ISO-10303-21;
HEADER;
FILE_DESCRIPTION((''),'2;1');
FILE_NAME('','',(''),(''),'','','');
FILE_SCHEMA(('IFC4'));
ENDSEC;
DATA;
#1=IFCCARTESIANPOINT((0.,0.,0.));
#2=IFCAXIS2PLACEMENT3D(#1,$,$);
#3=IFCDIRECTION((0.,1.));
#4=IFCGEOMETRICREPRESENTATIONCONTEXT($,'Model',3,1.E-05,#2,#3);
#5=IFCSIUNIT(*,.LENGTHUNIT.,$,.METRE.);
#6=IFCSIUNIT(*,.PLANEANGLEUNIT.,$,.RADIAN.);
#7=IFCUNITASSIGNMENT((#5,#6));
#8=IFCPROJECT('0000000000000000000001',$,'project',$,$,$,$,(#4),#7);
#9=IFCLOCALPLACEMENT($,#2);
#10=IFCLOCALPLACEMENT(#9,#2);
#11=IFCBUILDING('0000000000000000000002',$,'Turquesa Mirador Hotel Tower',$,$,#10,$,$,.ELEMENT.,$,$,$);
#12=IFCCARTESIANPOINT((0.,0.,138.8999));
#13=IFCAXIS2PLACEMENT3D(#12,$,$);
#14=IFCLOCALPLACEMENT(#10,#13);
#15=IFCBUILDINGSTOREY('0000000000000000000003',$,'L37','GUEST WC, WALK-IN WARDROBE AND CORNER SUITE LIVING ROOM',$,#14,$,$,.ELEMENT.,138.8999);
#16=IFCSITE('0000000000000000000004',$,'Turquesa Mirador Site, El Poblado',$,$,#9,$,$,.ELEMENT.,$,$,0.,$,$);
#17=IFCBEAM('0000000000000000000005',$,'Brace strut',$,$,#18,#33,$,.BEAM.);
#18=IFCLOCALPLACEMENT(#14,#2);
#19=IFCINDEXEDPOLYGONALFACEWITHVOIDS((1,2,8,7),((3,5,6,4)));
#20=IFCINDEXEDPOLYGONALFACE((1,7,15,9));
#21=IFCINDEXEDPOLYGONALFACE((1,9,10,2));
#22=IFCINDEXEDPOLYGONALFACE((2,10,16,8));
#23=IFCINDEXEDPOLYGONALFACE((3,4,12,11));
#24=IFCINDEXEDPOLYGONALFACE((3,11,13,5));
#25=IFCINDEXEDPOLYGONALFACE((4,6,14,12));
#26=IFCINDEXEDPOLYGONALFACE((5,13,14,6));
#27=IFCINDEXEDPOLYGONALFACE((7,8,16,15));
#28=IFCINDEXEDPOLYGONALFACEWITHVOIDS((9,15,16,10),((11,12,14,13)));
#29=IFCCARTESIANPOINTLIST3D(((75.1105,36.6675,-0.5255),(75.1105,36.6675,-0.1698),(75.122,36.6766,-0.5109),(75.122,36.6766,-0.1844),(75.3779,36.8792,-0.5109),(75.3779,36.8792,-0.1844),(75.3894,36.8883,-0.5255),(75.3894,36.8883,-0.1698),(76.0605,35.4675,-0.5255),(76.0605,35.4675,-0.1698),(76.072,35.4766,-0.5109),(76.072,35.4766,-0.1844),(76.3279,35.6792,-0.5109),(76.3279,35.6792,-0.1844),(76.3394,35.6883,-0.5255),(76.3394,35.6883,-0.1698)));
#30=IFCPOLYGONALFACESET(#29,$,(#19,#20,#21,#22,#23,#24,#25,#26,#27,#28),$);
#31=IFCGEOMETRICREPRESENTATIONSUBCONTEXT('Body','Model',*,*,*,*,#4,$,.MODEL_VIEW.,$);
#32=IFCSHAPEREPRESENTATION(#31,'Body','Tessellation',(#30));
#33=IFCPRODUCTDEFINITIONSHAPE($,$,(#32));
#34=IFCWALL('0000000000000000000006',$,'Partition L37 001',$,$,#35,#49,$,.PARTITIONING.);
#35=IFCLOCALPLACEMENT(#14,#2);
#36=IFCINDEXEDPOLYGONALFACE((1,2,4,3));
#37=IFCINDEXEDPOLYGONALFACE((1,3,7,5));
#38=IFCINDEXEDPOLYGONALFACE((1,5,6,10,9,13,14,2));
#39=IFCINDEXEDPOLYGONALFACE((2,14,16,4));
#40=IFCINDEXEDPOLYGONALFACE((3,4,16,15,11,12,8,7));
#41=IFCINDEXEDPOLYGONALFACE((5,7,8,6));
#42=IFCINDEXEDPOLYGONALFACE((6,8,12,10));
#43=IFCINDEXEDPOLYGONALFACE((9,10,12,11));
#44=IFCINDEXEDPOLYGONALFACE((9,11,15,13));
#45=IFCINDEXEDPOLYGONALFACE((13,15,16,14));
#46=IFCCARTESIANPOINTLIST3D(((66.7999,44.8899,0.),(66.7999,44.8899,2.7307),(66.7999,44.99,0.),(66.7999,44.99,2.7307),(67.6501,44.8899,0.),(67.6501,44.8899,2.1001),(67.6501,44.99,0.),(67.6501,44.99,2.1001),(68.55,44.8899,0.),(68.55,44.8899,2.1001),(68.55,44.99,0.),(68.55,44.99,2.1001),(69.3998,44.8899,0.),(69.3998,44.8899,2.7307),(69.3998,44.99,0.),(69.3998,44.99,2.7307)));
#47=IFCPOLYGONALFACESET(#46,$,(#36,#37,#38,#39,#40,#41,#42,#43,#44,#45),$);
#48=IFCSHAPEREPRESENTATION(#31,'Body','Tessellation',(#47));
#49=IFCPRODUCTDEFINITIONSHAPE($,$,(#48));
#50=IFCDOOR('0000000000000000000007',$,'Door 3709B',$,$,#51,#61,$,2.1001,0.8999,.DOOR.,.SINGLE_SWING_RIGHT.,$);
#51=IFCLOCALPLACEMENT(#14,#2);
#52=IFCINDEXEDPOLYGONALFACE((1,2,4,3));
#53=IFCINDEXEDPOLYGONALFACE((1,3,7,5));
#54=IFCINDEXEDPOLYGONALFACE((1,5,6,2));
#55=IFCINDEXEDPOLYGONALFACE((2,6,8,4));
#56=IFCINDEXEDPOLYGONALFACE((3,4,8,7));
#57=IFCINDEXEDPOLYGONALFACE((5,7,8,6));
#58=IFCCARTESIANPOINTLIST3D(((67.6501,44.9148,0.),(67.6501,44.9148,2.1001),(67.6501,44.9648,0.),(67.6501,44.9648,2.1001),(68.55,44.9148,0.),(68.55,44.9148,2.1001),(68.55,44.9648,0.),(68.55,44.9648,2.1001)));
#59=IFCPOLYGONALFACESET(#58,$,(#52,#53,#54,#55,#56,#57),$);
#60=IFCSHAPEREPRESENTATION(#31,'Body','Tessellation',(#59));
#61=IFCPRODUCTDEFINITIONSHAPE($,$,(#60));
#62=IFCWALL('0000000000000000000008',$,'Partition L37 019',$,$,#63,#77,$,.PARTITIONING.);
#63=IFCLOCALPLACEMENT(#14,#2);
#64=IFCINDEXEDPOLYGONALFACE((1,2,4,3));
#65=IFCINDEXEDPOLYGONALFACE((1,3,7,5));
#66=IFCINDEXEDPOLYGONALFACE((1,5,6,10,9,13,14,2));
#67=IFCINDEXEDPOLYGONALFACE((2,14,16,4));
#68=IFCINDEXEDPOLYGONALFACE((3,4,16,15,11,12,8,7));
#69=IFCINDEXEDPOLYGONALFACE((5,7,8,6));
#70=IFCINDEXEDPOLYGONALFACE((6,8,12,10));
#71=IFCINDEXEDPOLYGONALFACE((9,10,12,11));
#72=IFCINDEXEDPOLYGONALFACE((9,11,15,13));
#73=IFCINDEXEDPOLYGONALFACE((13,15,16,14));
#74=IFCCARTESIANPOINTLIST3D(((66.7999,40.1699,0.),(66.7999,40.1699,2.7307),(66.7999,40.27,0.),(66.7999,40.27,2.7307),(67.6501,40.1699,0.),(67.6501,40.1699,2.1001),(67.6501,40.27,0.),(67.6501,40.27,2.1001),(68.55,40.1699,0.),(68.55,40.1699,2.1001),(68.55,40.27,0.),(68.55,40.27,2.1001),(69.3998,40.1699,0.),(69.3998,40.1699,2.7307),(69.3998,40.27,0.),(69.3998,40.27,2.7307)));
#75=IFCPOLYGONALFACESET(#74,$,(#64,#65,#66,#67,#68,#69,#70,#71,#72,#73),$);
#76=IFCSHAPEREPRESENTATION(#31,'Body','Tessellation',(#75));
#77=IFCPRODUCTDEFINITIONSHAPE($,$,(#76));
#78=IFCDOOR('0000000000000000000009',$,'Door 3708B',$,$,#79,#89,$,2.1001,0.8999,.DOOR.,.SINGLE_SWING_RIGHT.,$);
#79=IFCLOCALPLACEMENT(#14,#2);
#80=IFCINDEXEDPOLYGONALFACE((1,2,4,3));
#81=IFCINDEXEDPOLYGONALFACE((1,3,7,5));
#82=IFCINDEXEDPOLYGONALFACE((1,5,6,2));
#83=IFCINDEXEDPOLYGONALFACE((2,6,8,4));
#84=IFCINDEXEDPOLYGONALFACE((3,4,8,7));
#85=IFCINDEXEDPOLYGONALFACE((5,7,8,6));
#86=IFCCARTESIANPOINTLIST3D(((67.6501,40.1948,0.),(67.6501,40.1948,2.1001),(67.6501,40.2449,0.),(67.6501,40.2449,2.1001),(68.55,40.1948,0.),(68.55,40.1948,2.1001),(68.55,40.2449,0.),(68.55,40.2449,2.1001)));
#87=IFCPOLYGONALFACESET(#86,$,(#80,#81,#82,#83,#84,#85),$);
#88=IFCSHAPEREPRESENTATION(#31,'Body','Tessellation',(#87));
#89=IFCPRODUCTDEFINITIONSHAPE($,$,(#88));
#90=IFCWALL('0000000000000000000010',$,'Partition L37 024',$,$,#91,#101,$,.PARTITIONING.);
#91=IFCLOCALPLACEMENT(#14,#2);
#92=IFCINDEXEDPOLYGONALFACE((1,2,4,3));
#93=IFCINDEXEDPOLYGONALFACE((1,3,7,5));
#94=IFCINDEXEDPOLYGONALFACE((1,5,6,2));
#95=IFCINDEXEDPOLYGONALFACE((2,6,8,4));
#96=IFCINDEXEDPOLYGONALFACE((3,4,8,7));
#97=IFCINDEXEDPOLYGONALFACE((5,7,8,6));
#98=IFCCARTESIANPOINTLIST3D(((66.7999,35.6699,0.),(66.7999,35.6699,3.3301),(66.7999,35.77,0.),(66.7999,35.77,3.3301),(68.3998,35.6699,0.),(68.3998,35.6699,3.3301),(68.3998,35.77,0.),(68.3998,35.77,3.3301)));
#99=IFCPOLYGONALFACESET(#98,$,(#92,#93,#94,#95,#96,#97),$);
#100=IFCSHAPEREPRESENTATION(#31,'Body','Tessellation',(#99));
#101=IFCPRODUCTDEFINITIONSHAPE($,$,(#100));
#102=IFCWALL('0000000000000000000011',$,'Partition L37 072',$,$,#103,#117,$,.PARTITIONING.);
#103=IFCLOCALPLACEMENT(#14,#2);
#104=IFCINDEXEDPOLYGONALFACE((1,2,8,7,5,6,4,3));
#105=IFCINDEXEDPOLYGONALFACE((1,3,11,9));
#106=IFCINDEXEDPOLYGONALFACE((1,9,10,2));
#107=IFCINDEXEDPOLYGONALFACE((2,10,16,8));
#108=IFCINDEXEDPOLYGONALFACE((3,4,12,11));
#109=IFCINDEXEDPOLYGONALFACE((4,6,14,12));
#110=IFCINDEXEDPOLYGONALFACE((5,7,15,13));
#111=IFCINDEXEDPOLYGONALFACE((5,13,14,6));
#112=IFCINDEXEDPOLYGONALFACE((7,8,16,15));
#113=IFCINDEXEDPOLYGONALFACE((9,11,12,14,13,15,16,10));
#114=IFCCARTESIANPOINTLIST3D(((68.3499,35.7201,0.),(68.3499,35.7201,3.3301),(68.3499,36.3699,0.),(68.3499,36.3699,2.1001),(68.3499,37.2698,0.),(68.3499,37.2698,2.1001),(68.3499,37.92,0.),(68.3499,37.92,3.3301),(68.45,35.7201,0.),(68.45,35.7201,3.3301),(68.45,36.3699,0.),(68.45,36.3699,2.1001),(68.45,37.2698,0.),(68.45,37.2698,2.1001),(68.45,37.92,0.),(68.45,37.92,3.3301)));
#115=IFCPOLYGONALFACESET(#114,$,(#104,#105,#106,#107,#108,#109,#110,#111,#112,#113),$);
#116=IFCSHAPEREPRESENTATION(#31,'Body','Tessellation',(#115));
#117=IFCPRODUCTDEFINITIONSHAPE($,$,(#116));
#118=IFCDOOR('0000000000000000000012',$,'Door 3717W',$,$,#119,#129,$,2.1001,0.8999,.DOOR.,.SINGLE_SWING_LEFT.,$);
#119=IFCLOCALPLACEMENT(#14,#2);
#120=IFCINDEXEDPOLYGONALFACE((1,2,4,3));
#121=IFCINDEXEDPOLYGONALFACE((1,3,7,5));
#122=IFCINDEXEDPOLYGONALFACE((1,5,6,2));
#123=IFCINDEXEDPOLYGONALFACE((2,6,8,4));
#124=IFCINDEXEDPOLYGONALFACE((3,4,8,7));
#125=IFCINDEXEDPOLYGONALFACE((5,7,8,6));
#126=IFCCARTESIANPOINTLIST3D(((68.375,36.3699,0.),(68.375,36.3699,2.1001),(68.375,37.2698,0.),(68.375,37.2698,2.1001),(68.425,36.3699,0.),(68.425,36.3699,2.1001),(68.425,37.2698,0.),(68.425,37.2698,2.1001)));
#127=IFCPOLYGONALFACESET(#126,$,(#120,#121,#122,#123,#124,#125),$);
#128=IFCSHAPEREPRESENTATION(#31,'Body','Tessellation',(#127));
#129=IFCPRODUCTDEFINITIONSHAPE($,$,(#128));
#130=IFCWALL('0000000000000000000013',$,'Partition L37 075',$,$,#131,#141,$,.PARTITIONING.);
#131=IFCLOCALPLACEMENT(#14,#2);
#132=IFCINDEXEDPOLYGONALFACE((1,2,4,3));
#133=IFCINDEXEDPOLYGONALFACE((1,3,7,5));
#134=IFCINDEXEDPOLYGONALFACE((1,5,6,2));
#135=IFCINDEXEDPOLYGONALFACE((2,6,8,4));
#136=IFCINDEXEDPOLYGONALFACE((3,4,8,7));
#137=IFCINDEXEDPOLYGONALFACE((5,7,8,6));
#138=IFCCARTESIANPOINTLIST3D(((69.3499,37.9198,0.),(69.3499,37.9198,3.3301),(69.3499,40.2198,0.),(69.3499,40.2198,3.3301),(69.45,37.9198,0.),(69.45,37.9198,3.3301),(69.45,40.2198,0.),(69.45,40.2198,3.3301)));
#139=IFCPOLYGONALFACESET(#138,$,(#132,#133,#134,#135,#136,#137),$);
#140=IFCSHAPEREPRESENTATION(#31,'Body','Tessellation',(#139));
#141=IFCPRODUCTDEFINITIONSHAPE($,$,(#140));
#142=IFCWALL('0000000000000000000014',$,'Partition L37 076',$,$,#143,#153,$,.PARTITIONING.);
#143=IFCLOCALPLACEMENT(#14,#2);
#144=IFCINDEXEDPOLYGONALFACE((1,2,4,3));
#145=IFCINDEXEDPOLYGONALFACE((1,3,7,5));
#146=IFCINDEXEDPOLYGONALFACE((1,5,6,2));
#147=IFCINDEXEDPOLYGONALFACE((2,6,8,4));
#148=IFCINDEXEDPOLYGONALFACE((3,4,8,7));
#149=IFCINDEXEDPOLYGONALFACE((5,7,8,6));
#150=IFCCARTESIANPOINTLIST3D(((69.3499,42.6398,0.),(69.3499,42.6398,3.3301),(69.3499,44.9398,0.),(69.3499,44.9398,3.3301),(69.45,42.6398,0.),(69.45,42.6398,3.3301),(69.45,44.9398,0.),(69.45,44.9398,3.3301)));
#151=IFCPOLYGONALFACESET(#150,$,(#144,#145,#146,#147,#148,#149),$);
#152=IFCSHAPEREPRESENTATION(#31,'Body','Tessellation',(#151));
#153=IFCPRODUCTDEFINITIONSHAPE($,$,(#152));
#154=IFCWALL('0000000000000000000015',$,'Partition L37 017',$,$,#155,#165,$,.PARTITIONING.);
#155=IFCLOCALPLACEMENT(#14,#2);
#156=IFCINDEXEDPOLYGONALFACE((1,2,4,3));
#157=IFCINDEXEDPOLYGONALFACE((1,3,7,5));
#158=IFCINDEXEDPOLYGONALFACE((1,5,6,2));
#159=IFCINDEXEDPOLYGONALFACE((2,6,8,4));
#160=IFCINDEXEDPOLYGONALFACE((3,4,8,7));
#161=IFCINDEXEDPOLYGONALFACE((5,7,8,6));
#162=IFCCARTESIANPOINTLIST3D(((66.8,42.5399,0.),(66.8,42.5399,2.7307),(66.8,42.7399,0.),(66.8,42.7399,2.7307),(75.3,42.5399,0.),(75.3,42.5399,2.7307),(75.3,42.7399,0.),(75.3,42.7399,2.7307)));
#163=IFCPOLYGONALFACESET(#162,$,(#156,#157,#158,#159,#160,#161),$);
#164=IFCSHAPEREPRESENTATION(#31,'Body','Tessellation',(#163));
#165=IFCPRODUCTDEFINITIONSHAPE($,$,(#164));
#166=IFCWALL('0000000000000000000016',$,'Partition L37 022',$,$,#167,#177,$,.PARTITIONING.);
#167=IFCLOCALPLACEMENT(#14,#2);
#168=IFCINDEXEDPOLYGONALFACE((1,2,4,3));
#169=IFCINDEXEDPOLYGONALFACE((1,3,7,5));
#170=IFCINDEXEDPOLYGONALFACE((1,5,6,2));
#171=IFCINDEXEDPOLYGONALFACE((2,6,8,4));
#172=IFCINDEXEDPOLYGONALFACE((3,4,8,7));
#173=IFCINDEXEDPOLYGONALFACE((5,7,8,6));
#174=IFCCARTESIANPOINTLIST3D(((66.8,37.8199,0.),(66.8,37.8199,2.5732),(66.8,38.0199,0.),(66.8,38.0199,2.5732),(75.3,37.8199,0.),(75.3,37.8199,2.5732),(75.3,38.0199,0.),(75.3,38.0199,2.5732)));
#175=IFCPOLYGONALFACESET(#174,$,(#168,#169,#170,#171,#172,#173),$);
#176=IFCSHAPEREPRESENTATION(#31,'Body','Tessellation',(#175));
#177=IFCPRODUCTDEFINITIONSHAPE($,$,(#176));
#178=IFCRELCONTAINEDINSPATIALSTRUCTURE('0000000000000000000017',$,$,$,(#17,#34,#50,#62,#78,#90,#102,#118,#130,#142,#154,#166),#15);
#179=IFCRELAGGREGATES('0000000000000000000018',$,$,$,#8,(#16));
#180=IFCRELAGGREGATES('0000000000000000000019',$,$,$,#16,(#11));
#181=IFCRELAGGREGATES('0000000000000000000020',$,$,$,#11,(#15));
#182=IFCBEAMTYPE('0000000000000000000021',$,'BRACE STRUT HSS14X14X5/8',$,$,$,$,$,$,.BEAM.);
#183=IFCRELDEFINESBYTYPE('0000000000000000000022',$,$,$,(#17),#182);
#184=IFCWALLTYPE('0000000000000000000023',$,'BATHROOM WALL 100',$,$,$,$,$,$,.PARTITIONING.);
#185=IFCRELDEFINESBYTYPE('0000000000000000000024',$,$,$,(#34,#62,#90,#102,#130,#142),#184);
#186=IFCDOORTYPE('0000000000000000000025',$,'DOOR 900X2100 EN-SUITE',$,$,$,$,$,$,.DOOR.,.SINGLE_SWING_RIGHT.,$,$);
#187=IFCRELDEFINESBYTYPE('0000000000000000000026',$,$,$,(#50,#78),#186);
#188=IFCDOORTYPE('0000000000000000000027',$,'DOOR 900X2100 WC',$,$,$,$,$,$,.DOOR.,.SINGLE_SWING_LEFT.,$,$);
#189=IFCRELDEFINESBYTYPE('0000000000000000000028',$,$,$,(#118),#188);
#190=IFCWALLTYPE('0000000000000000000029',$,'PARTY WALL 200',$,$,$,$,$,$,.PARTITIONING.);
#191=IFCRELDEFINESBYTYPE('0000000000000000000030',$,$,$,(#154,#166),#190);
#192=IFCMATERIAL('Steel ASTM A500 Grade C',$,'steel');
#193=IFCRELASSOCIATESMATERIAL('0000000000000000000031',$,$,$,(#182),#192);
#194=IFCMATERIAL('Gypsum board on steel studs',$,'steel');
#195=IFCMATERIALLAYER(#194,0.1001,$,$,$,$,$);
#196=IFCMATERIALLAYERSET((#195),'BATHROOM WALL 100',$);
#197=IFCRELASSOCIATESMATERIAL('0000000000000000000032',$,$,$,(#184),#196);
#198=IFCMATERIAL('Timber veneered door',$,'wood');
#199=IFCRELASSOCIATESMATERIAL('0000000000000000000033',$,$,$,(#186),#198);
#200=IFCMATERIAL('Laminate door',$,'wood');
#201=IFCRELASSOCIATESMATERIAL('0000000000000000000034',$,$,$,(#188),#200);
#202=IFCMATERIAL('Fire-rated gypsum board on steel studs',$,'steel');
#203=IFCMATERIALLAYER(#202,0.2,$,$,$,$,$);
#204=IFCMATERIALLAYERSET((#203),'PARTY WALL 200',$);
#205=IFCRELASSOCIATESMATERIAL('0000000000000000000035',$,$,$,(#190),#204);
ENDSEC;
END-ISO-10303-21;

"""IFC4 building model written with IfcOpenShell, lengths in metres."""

from ifc_helpers import new_model, si_unit, direction, frame, frame_2d, origin, origin_2d, place, context, subcontext, project, spatial, rectangle, hollow_rectangle, extrude, material, layer, layer_set, material_profile, profile_set, type_object, element, fill, save


model = new_model("IFC4")

# Units and contexts
model_context = context("Model", 3, precision=1e-05, world=origin(), true_north=direction((0.0, 1.0)))
body_context = subcontext(model_context, "Body", "Model", "MODEL_VIEW")
ifc_project = project(units=[si_unit("LENGTHUNIT", "METRE"), si_unit("PLANEANGLEUNIT", "RADIAN")], contexts=[model_context])

# Site, building, storey
site_placement = place(None, origin())
site = spatial("IfcSite", under=ifc_project, at=site_placement, Name="Turquesa Mirador Site, El Poblado", CompositionType="ELEMENT", RefElevation=0.0)
building_placement = place(site_placement, origin())
building = spatial("IfcBuilding", under=site, at=building_placement, Name="Turquesa Mirador Hotel Tower", CompositionType="ELEMENT")
storey_placement = place(building_placement, frame((0.0, 0.0, 138.8999)))
storey = spatial("IfcBuildingStorey", under=building, at=storey_placement, Name="L37", Description="GUEST WC, WALK-IN WARDROBE AND CORNER SUITE LIVING ROOM", CompositionType="ELEMENT", Elevation=138.8999)

# Beam
ifc_material_1 = material(Name="Steel ASTM A500 Grade C", Category="steel")
ifc_material_profile_1 = material_profile(ifc_material_1, hollow_rectangle(XDim=0.3557, YDim=0.3557, WallThickness=0.0146, at=origin_2d()), Name="HSS14X14X5/8")
ifc_profile_set_1 = profile_set([ifc_material_profile_1], Name="Steel ASTM A500 Grade C")
beam_type_1 = type_object("IfcBeamType", Name="BRACE STRUT HSS14X14X5/8", PredefinedType="BEAM", material=ifc_profile_set_1)
beam_1_placement = place(storey_placement, frame((76.2, 35.5779, -0.3477), z_axis=(-0.620699, 0.784049, 0.0), x_axis=(-0.784049, -0.620699, 0.0)))
element("IfcBeam", 1, at=beam_1_placement, inside=storey, type_object=beam_type_1, Name="Brace strut", PredefinedType="BEAM", context=body_context, shape_type="SweptSolid", body=[
    extrude(hollow_rectangle(XDim=0.3557, YDim=0.3557, WallThickness=0.0146, at=origin_2d()), origin(), (0.0, 0.0, 1.0), 1.5305),
])

# Walls, openings, doors
ifc_material_2 = material(Name="Gypsum board on steel studs", Category="steel")
ifc_layer_1 = layer(ifc_material_2, 0.1001)
ifc_layer_set_1 = layer_set([ifc_layer_1], Name="BATHROOM WALL 100")
wall_type_1 = type_object("IfcWallType", Name="BATHROOM WALL 100", PredefinedType="PARTITIONING", material=ifc_layer_set_1)
wall_1_placement = place(storey_placement, frame((66.8, 44.9399, 0.0), z_axis=(0.0, 0.0, 1.0), x_axis=(1.0, 0.0, 0.0)))
wall_1 = element("IfcWall", 2, at=wall_1_placement, inside=storey, type_object=wall_type_1, Name="Partition L37 001", PredefinedType="PARTITIONING", context=body_context, shape_type="SweptSolid", body=[
    extrude(rectangle(XDim=2.5999, YDim=0.1001, at=frame_2d((1.2998, 0.0))), origin(), (0.0, 0.0, 1.0), 2.7307),
])
opening_1_placement = place(wall_1_placement, frame((0.8501, 0.0, 0.0)))
opening_1 = element("IfcOpeningElement", 3, at=opening_1_placement, cuts=wall_1, PredefinedType="OPENING", context=body_context, shape_type="SweptSolid", body=[
    extrude(rectangle(XDim=0.8999, YDim=2.1001, at=frame_2d((0.45, 1.05))), frame((0.0, 0.0601, 0.0), z_axis=(0.0, -1.0, 0.0), x_axis=(1.0, 0.0, 0.0)), (0.0, 0.0, 1.0), 0.1201),
])
ifc_material_3 = material(Name="Timber veneered door", Category="wood")
door_type_1 = type_object("IfcDoorType", Name="DOOR 900X2100 EN-SUITE", OperationType="SINGLE_SWING_RIGHT", PredefinedType="DOOR", material=ifc_material_3)
door_1_placement = place(opening_1_placement, origin())
door_1 = element("IfcDoor", 4, at=door_1_placement, inside=storey, type_object=door_type_1, Name="Door 3709B", OperationType="SINGLE_SWING_RIGHT", OverallHeight=2.1001, OverallWidth=0.8999, PredefinedType="DOOR", context=body_context, shape_type="SweptSolid", body=[
    extrude(rectangle(XDim=0.8999, YDim=2.1001, at=frame_2d((0.45, 1.05))), frame((0.0, 0.0249, 0.0), z_axis=(0.0, -1.0, 0.0), x_axis=(1.0, 0.0, 0.0)), (0.0, 0.0, 1.0), 0.05),
])
fill(opening_1, door_1)
wall_2_placement = place(storey_placement, frame((66.8, 40.22, 0.0), z_axis=(0.0, 0.0, 1.0), x_axis=(1.0, 0.0, 0.0)))
wall_2 = element("IfcWall", 5, at=wall_2_placement, inside=storey, type_object=wall_type_1, Name="Partition L37 019", PredefinedType="PARTITIONING", context=body_context, shape_type="SweptSolid", body=[
    extrude(rectangle(XDim=2.5999, YDim=0.1001, at=frame_2d((1.2998, 0.0))), origin(), (0.0, 0.0, 1.0), 2.7307),
])
opening_2_placement = place(wall_2_placement, frame((0.8501, 0.0, 0.0)))
opening_2 = element("IfcOpeningElement", 6, at=opening_2_placement, cuts=wall_2, PredefinedType="OPENING", context=body_context, shape_type="SweptSolid", body=[
    extrude(rectangle(XDim=0.8999, YDim=2.1001, at=frame_2d((0.45, 1.05))), frame((0.0, 0.0601, 0.0), z_axis=(0.0, -1.0, 0.0), x_axis=(1.0, 0.0, 0.0)), (0.0, 0.0, 1.0), 0.1201),
])
door_2_placement = place(opening_2_placement, origin())
door_2 = element("IfcDoor", 7, at=door_2_placement, inside=storey, type_object=door_type_1, Name="Door 3708B", OperationType="SINGLE_SWING_RIGHT", OverallHeight=2.1001, OverallWidth=0.8999, PredefinedType="DOOR", context=body_context, shape_type="SweptSolid", body=[
    extrude(rectangle(XDim=0.8999, YDim=2.1001, at=frame_2d((0.45, 1.05))), frame((0.0, 0.0249, 0.0), z_axis=(0.0, -1.0, 0.0), x_axis=(1.0, 0.0, 0.0)), (0.0, 0.0, 1.0), 0.05),
])
fill(opening_2, door_2)

# Wall
wall_3_placement = place(storey_placement, frame((66.8, 35.72, 0.0), z_axis=(0.0, 0.0, 1.0), x_axis=(1.0, 0.0, 0.0)))
element("IfcWall", 8, at=wall_3_placement, inside=storey, type_object=wall_type_1, Name="Partition L37 024", PredefinedType="PARTITIONING", context=body_context, shape_type="SweptSolid", body=[
    extrude(rectangle(XDim=1.5999, YDim=0.1001, at=frame_2d((0.7998, 0.0))), origin(), (0.0, 0.0, 1.0), 3.3301),
])

# Wall, opening, door
wall_4_placement = place(storey_placement, frame((68.3999, 35.72, 0.0), z_axis=(0.0, 0.0, 1.0), x_axis=(0.0, 1.0, 0.0)))
wall_4 = element("IfcWall", 9, at=wall_4_placement, inside=storey, type_object=wall_type_1, Name="Partition L37 072", PredefinedType="PARTITIONING", context=body_context, shape_type="SweptSolid", body=[
    extrude(rectangle(XDim=2.2, YDim=0.1001, at=frame_2d((1.1001, 0.0))), origin(), (0.0, 0.0, 1.0), 3.3301),
])
opening_3_placement = place(wall_4_placement, frame((0.6499, 0.0, 0.0)))
opening_3 = element("IfcOpeningElement", 10, at=opening_3_placement, cuts=wall_4, PredefinedType="OPENING", context=body_context, shape_type="SweptSolid", body=[
    extrude(rectangle(XDim=0.8999, YDim=2.1001, at=frame_2d((0.45, 1.05))), frame((0.0, 0.0601, 0.0), z_axis=(0.0, -1.0, 0.0), x_axis=(1.0, 0.0, 0.0)), (0.0, 0.0, 1.0), 0.1201),
])
ifc_material_4 = material(Name="Laminate door", Category="wood")
door_type_2 = type_object("IfcDoorType", Name="DOOR 900X2100 WC", OperationType="SINGLE_SWING_LEFT", PredefinedType="DOOR", material=ifc_material_4)
door_3_placement = place(opening_3_placement, origin())
door_3 = element("IfcDoor", 11, at=door_3_placement, inside=storey, type_object=door_type_2, Name="Door 3717W", OperationType="SINGLE_SWING_LEFT", OverallHeight=2.1001, OverallWidth=0.8999, PredefinedType="DOOR", context=body_context, shape_type="SweptSolid", body=[
    extrude(rectangle(XDim=0.8999, YDim=2.1001, at=frame_2d((0.45, 1.05))), frame((0.0, 0.0249, 0.0), z_axis=(0.0, -1.0, 0.0), x_axis=(1.0, 0.0, 0.0)), (0.0, 0.0, 1.0), 0.05),
])
fill(opening_3, door_3)

# Walls
for number, where, z_axis, x_axis, name in (
    (12, (69.3999, 37.9199, 0.0), (0.0, 0.0, 1.0), (0.0, 1.0, 0.0), "Partition L37 075"),
    (13, (69.3999, 42.6399, 0.0), (0.0, 0.0, 1.0), (0.0, 1.0, 0.0), "Partition L37 076"),
):
    element("IfcWall", number, at=place(storey_placement, frame(where, z_axis=z_axis, x_axis=x_axis)), inside=storey, type_object=wall_type_1, Name=name, PredefinedType="PARTITIONING", context=body_context, shape_type="SweptSolid", body=[
        extrude(rectangle(XDim=2.3, YDim=0.1001, at=frame_2d((1.1499, 0.0))), origin(), (0.0, 0.0, 1.0), 3.3301),
    ])
ifc_material_5 = material(Name="Fire-rated gypsum board on steel studs", Category="steel")
ifc_layer_2 = layer(ifc_material_5, 0.2)
ifc_layer_set_2 = layer_set([ifc_layer_2], Name="PARTY WALL 200")
wall_type_2 = type_object("IfcWallType", Name="PARTY WALL 200", PredefinedType="PARTITIONING", material=ifc_layer_set_2)
wall_5_placement = place(storey_placement, frame((66.8, 42.6399, 0.0), z_axis=(0.0, 0.0, 1.0), x_axis=(1.0, 0.0, 0.0)))
element("IfcWall", 14, at=wall_5_placement, inside=storey, type_object=wall_type_2, Name="Partition L37 017", PredefinedType="PARTITIONING", context=body_context, shape_type="SweptSolid", body=[
    extrude(rectangle(XDim=8.5, YDim=0.2, at=frame_2d((4.25, 0.0))), origin(), (0.0, 0.0, 1.0), 2.7307),
])
wall_6_placement = place(storey_placement, frame((66.8, 37.9199, 0.0), z_axis=(0.0, 0.0, 1.0), x_axis=(1.0, 0.0, 0.0)))
element("IfcWall", 15, at=wall_6_placement, inside=storey, type_object=wall_type_2, Name="Partition L37 022", PredefinedType="PARTITIONING", context=body_context, shape_type="SweptSolid", body=[
    extrude(rectangle(XDim=8.5, YDim=0.2, at=frame_2d((4.25, 0.0))), origin(), (0.0, 0.0, 1.0), 2.5732),
])

save(model, "model.ifc")
